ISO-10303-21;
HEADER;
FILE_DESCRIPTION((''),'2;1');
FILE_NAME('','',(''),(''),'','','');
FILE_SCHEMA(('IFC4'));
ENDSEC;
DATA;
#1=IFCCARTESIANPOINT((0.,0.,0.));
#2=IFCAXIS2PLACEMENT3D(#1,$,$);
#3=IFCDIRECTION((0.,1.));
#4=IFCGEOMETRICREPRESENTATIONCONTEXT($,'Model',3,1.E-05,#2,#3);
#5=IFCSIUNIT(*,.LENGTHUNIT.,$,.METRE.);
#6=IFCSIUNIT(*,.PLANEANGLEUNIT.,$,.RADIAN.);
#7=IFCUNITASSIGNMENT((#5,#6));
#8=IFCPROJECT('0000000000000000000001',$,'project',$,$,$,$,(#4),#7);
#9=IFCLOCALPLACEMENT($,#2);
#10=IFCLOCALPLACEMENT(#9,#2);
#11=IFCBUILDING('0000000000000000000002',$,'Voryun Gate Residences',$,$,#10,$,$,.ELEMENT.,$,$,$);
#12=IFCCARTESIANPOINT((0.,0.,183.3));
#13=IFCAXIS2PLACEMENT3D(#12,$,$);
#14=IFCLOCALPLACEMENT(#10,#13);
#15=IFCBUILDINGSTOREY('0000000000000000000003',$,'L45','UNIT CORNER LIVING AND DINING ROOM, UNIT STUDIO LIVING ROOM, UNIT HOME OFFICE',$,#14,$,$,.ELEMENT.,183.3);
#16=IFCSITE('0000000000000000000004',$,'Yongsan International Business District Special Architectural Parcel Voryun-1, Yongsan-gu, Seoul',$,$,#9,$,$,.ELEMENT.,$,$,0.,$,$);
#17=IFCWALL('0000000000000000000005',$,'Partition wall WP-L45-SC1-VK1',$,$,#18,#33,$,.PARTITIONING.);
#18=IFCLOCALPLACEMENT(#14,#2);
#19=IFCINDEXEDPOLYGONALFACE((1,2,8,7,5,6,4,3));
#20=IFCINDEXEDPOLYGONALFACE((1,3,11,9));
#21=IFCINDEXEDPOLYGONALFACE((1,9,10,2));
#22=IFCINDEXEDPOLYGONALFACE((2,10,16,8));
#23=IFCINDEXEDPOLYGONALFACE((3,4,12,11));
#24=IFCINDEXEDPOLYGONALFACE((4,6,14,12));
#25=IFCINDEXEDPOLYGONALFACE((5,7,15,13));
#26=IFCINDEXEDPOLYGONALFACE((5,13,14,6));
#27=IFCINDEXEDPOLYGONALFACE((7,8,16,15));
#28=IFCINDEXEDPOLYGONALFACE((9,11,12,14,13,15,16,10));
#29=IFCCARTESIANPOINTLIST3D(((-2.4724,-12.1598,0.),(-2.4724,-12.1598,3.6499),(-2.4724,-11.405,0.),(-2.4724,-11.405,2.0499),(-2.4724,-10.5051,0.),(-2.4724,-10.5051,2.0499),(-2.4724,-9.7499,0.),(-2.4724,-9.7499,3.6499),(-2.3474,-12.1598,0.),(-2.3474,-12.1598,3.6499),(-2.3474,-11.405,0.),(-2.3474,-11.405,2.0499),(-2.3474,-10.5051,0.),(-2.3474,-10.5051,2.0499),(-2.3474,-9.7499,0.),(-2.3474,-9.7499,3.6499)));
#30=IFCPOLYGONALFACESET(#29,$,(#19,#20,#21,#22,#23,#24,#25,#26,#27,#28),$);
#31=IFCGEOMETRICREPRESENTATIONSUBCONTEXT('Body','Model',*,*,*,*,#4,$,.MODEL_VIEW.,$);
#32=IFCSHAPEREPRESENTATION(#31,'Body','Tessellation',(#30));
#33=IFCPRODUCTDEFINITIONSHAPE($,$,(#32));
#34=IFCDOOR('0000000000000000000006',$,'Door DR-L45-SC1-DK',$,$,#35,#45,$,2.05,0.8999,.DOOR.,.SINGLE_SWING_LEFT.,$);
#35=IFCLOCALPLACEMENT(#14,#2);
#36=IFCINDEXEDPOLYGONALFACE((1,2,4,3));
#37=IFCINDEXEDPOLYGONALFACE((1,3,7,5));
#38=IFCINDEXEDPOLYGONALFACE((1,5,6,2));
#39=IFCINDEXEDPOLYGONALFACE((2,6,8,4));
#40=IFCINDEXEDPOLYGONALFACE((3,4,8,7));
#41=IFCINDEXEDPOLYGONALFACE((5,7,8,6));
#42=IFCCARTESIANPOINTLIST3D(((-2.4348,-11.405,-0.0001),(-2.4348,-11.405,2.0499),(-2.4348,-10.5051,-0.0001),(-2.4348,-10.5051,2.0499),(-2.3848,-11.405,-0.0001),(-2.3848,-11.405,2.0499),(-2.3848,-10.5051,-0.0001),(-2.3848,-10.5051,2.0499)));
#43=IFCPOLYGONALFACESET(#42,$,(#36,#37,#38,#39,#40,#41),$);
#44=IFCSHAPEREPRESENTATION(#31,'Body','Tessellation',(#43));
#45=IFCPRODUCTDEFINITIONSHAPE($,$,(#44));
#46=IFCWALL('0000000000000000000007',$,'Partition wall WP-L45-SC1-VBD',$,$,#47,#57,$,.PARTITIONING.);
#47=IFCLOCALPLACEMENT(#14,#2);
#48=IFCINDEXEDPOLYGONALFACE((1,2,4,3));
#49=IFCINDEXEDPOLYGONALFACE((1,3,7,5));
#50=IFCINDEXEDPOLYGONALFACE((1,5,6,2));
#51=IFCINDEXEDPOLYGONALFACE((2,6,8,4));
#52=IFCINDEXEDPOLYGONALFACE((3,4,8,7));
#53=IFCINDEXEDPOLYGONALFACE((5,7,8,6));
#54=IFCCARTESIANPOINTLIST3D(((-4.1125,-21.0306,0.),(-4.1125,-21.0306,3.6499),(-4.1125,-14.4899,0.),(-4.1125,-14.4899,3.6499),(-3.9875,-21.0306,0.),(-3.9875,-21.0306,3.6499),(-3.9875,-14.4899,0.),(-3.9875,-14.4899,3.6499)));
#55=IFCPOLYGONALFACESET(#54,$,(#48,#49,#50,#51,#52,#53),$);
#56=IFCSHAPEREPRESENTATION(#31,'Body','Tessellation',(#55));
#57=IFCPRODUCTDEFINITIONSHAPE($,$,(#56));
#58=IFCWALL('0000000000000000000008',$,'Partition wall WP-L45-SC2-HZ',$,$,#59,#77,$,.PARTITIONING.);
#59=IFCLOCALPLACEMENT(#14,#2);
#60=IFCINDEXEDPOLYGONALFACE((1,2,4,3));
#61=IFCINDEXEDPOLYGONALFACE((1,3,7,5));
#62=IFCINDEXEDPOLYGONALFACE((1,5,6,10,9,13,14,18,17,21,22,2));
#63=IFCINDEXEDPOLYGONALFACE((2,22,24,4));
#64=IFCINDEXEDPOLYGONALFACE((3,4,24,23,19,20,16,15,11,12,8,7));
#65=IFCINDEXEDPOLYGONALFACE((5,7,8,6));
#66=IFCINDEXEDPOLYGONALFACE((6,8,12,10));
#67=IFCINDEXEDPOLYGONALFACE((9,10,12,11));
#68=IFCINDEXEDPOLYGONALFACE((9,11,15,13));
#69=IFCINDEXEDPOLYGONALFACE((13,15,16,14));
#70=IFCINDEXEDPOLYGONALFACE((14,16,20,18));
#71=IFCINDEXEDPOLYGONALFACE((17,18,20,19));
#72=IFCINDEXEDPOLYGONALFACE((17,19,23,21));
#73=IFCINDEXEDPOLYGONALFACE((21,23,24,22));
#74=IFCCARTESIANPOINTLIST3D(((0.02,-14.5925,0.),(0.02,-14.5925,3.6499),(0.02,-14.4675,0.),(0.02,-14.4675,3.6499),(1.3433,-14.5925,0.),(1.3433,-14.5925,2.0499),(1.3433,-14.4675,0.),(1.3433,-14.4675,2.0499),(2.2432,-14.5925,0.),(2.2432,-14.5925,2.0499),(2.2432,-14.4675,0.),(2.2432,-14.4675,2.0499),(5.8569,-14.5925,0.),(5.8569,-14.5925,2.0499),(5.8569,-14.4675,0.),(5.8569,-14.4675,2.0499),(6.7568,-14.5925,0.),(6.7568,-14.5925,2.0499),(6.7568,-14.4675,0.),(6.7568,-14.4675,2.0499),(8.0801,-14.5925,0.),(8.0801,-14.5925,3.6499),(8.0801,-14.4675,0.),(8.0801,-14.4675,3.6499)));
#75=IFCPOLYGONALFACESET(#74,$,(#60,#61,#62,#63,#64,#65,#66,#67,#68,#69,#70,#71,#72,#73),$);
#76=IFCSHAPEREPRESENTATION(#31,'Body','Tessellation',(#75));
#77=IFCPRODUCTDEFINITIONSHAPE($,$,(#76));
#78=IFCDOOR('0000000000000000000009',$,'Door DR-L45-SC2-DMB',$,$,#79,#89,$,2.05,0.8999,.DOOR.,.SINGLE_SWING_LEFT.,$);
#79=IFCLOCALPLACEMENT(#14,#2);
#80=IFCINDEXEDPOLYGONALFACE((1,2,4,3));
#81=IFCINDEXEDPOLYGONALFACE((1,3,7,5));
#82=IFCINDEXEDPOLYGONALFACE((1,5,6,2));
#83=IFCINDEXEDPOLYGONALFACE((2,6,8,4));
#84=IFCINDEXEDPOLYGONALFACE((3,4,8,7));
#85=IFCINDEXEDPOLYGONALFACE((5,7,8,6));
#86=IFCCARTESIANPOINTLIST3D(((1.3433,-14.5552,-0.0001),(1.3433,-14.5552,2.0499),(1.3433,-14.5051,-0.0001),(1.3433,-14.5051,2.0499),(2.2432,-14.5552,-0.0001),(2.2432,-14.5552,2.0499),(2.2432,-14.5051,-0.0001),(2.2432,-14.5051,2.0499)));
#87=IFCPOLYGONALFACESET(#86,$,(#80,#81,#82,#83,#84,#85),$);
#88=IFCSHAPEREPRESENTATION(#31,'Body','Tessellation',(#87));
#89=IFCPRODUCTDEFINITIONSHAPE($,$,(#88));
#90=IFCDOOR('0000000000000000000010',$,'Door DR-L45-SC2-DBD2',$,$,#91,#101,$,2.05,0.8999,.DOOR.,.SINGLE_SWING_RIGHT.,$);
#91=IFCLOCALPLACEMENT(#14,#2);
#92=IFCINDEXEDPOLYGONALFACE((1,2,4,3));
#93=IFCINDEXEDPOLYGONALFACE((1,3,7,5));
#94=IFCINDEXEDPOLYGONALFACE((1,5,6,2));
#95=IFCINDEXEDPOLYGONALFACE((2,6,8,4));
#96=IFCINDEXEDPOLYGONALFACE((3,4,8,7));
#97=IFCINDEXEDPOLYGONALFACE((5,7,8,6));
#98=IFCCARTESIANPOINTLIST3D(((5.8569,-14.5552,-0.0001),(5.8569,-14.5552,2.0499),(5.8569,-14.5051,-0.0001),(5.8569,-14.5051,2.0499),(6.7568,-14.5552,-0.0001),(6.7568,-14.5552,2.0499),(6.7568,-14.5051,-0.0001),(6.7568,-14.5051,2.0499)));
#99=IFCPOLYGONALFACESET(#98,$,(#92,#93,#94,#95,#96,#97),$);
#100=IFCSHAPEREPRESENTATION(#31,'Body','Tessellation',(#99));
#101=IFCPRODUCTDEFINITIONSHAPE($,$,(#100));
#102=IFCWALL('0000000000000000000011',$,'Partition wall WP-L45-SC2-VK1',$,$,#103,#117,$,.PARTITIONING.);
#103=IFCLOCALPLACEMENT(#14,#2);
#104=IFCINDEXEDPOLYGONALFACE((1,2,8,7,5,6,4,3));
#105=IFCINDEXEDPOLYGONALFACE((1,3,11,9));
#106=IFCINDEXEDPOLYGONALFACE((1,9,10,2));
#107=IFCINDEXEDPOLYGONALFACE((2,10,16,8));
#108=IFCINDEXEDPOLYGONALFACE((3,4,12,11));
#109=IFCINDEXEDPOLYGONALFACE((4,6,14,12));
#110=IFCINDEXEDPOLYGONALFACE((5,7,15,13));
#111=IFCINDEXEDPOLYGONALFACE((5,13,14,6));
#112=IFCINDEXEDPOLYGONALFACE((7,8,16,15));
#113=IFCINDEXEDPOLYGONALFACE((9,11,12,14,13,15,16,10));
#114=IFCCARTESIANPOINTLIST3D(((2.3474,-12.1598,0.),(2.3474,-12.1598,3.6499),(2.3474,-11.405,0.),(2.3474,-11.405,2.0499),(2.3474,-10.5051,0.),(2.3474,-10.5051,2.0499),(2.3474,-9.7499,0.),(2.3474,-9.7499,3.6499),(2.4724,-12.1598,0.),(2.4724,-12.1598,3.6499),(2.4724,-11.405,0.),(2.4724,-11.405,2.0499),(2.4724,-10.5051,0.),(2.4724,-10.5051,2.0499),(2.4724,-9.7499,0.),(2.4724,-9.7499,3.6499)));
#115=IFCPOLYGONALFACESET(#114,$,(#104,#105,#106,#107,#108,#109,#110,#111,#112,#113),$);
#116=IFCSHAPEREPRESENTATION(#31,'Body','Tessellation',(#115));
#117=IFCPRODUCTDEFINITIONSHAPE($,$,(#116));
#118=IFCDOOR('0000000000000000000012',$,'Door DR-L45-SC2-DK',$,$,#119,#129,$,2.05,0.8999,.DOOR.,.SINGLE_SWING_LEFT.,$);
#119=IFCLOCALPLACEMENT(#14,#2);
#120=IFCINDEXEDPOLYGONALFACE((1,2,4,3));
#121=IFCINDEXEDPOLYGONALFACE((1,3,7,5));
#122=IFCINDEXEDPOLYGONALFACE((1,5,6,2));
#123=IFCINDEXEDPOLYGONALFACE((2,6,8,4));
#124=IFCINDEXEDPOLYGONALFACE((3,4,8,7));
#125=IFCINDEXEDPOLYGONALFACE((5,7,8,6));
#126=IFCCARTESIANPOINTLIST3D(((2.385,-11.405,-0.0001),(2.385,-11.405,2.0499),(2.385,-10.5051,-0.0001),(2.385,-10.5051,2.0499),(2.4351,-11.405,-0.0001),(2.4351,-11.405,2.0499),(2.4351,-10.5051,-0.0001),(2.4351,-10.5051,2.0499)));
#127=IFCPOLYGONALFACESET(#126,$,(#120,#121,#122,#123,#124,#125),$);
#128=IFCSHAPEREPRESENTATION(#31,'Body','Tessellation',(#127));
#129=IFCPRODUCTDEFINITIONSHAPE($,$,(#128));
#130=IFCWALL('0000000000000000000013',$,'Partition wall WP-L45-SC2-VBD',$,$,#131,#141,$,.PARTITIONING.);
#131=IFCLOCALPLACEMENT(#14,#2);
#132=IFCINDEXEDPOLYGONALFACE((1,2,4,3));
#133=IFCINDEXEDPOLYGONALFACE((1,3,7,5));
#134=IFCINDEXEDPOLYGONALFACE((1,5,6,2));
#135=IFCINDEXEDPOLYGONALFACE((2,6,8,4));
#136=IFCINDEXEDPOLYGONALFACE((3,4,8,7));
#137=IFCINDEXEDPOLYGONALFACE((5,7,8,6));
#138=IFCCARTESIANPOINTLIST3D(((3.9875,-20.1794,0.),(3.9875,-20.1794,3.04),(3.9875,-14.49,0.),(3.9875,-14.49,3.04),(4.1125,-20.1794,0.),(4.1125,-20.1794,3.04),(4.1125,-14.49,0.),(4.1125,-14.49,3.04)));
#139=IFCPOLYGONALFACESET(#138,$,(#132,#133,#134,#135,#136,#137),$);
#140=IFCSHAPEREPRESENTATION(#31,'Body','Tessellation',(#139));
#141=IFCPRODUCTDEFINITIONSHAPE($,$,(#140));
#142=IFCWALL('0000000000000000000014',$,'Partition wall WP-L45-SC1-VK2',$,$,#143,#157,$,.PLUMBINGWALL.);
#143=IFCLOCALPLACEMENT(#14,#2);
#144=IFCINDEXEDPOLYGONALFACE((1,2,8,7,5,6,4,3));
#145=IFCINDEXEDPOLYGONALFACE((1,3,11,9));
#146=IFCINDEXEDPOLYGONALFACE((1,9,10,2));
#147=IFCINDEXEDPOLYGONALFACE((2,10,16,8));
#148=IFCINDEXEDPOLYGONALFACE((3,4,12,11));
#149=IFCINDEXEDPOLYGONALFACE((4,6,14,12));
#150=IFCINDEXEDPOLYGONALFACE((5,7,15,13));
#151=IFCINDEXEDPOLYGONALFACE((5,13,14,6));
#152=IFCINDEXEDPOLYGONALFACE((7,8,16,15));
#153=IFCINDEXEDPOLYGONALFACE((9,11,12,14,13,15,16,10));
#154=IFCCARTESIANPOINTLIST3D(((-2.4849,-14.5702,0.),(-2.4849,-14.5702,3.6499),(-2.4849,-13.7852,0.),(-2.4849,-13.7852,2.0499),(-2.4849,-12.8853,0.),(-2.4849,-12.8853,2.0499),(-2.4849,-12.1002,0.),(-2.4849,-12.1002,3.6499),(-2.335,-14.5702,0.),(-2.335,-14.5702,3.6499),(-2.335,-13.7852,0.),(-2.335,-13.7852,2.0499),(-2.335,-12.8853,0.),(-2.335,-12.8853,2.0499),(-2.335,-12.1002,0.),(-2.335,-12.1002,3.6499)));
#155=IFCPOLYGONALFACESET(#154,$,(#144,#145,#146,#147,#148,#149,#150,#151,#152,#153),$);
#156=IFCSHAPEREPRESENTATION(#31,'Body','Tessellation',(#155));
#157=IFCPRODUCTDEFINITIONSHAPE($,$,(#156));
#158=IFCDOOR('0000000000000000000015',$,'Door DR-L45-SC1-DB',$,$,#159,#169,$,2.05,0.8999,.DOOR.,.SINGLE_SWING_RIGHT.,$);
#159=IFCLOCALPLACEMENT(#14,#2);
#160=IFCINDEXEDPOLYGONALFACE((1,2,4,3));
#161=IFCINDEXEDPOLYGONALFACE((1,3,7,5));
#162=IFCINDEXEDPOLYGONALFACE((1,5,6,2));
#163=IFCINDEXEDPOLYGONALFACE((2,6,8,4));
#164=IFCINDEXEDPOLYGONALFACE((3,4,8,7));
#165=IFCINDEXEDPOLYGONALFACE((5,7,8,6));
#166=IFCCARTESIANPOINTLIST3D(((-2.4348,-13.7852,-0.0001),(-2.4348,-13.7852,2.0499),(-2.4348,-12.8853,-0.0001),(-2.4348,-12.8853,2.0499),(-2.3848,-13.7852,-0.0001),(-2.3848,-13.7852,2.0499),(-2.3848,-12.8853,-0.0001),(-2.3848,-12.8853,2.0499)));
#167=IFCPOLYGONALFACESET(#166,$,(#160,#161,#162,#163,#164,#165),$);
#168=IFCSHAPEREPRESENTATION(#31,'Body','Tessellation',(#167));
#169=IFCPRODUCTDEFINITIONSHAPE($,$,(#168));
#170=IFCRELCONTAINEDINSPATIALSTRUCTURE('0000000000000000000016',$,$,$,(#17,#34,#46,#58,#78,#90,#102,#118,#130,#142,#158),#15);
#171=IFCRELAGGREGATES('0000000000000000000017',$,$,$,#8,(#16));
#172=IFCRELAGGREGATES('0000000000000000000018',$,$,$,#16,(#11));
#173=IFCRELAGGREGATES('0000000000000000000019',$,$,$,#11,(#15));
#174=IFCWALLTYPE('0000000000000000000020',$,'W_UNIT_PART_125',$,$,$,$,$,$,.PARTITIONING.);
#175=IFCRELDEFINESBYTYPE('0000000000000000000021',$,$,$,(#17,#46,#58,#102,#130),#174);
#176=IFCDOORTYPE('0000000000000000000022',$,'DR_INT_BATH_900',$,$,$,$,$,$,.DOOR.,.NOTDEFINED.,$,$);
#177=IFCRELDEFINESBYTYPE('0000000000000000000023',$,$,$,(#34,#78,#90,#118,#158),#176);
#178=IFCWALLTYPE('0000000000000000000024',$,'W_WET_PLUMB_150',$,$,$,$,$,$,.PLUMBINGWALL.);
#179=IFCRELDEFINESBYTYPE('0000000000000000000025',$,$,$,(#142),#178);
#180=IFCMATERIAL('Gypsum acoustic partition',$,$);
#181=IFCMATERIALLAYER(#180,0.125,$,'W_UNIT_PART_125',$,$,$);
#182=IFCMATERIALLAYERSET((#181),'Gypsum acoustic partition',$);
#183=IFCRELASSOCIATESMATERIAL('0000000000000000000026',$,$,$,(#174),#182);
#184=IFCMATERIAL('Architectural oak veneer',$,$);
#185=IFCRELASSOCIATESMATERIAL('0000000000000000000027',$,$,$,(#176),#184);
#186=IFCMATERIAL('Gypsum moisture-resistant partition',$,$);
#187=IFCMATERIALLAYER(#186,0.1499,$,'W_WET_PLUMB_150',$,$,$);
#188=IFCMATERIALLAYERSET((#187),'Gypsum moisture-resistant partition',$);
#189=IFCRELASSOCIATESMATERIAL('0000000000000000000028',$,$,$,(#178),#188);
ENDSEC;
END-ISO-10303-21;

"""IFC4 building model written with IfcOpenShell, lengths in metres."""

from ifc_helpers import new_model, si_unit, direction, frame, frame_2d, origin, place, context, subcontext, project, spatial, rectangle, extrude, material, layer, layer_set, type_object, element, fill, save


model = new_model("IFC4")

# Units and contexts
model_context = context("Model", 3, precision=1e-05, world=origin(), true_north=direction((0.0, 1.0)))
body_context = subcontext(model_context, "Body", "Model", "MODEL_VIEW")
ifc_project = project(units=[si_unit("LENGTHUNIT", "METRE"), si_unit("PLANEANGLEUNIT", "RADIAN")], contexts=[model_context])

# Site, building, storey
site_placement = place(None, origin())
site = spatial("IfcSite", under=ifc_project, at=site_placement, Name="Yongsan International Business District Special Architectural Parcel Voryun-1, Yongsan-gu, Seoul", CompositionType="ELEMENT", RefElevation=0.0)
building_placement = place(site_placement, origin())
building = spatial("IfcBuilding", under=site, at=building_placement, Name="Voryun Gate Residences", CompositionType="ELEMENT")
storey_placement = place(building_placement, frame((0.0, 0.0, 183.3)))
storey = spatial("IfcBuildingStorey", under=building, at=storey_placement, Name="L45", Description="UNIT CORNER LIVING AND DINING ROOM, UNIT STUDIO LIVING ROOM, UNIT HOME OFFICE", CompositionType="ELEMENT", Elevation=183.3)

# Wall, opening, door
ifc_material_1 = material(Name="Gypsum acoustic partition")
ifc_layer_1 = layer(ifc_material_1, 0.125, Name="W_UNIT_PART_125")
ifc_layer_set_1 = layer_set([ifc_layer_1], Name="Gypsum acoustic partition")
wall_type_1 = type_object("IfcWallType", Name="W_UNIT_PART_125", PredefinedType="PARTITIONING", material=ifc_layer_set_1)
wall_1_placement = place(storey_placement, frame((-2.4099, -12.1599, 0.0), z_axis=(0.0, 0.0, 1.0), x_axis=(0.0, 1.0, 0.0)))
wall_1 = element("IfcWall", 1, at=wall_1_placement, inside=storey, type_object=wall_type_1, Name="Partition wall WP-L45-SC1-VK1", PredefinedType="PARTITIONING", context=body_context, shape_type="SweptSolid", body=[
    extrude(rectangle(XDim=2.4099, YDim=0.125, at=frame_2d((1.2051, 0.0))), origin(), (0.0, 0.0, 1.0), 3.6499),
])
opening_1_placement = place(wall_1_placement, frame((0.7549, 0.0, 0.0)))
opening_1 = element("IfcOpeningElement", 2, at=opening_1_placement, cuts=wall_1, PredefinedType="OPENING", context=body_context, shape_type="SweptSolid", body=[
    extrude(rectangle(XDim=0.8999, YDim=2.05, at=frame_2d((0.45, 1.0249))), frame((0.0, 0.0725, 0.0), z_axis=(0.0, -1.0, 0.0), x_axis=(1.0, 0.0, 0.0)), (0.0, 0.0, 1.0), 0.145),
])
ifc_material_2 = material(Name="Architectural oak veneer")
door_type_1 = type_object("IfcDoorType", Name="DR_INT_BATH_900", OperationType="NOTDEFINED", PredefinedType="DOOR", material=ifc_material_2)
door_1_placement = place(opening_1_placement, origin())
door_1 = element("IfcDoor", 3, at=door_1_placement, inside=storey, type_object=door_type_1, Name="Door DR-L45-SC1-DK", OperationType="SINGLE_SWING_LEFT", OverallHeight=2.05, OverallWidth=0.8999, PredefinedType="DOOR", context=body_context, shape_type="SweptSolid", body=[
    extrude(rectangle(XDim=0.8999, YDim=2.05, at=frame_2d((0.45, 1.0249))), frame((0.0, 0.0249, 0.0), z_axis=(0.0, -1.0, 0.0), x_axis=(1.0, 0.0, 0.0)), (0.0, 0.0, 1.0), 0.05),
])
fill(opening_1, door_1)

# Wall
wall_2_placement = place(storey_placement, frame((-4.05, -21.0308, 0.0), z_axis=(0.0, 0.0, 1.0), x_axis=(0.0, 1.0, 0.0)))
element("IfcWall", 4, at=wall_2_placement, inside=storey, type_object=wall_type_1, Name="Partition wall WP-L45-SC1-VBD", PredefinedType="PARTITIONING", context=body_context, shape_type="SweptSolid", body=[
    extrude(rectangle(XDim=6.5408, YDim=0.125, at=frame_2d((3.2705, 0.0))), origin(), (0.0, 0.0, 1.0), 3.6499),
])

# Wall, openings, doors
wall_3_placement = place(storey_placement, frame((0.02, -14.53, 0.0), z_axis=(0.0, 0.0, 1.0), x_axis=(1.0, 0.0, 0.0)))
wall_3 = element("IfcWall", 5, at=wall_3_placement, inside=storey, type_object=wall_type_1, Name="Partition wall WP-L45-SC2-HZ", PredefinedType="PARTITIONING", context=body_context, shape_type="SweptSolid", body=[
    extrude(rectangle(XDim=8.0601, YDim=0.125, at=frame_2d((4.03, 0.0))), origin(), (0.0, 0.0, 1.0), 3.6499),
])
opening_2_placement = place(wall_3_placement, frame((1.3232, 0.0, 0.0)))
opening_2 = element("IfcOpeningElement", 6, at=opening_2_placement, cuts=wall_3, PredefinedType="OPENING", context=body_context, shape_type="SweptSolid", body=[
    extrude(rectangle(XDim=0.8999, YDim=2.05, at=frame_2d((0.45, 1.0249))), frame((0.0, 0.0725, 0.0), z_axis=(0.0, -1.0, 0.0), x_axis=(1.0, 0.0, 0.0)), (0.0, 0.0, 1.0), 0.145),
])
opening_3_placement = place(wall_3_placement, frame((5.8369, 0.0, 0.0)))
opening_3 = element("IfcOpeningElement", 7, at=opening_3_placement, cuts=wall_3, PredefinedType="OPENING", context=body_context, shape_type="SweptSolid", body=[
    extrude(rectangle(XDim=0.8999, YDim=2.05, at=frame_2d((0.45, 1.0249))), frame((0.0, 0.0725, 0.0), z_axis=(0.0, -1.0, 0.0), x_axis=(1.0, 0.0, 0.0)), (0.0, 0.0, 1.0), 0.145),
])
door_2_placement = place(opening_2_placement, origin())
door_2 = element("IfcDoor", 8, at=door_2_placement, inside=storey, type_object=door_type_1, Name="Door DR-L45-SC2-DMB", OperationType="SINGLE_SWING_LEFT", OverallHeight=2.05, OverallWidth=0.8999, PredefinedType="DOOR", context=body_context, shape_type="SweptSolid", body=[
    extrude(rectangle(XDim=0.8999, YDim=2.05, at=frame_2d((0.45, 1.0249))), frame((0.0, 0.0249, 0.0), z_axis=(0.0, -1.0, 0.0), x_axis=(1.0, 0.0, 0.0)), (0.0, 0.0, 1.0), 0.05),
])
fill(opening_2, door_2)
door_3_placement = place(opening_3_placement, origin())
door_3 = element("IfcDoor", 9, at=door_3_placement, inside=storey, type_object=door_type_1, Name="Door DR-L45-SC2-DBD2", OperationType="SINGLE_SWING_RIGHT", OverallHeight=2.05, OverallWidth=0.8999, PredefinedType="DOOR", context=body_context, shape_type="SweptSolid", body=[
    extrude(rectangle(XDim=0.8999, YDim=2.05, at=frame_2d((0.45, 1.0249))), frame((0.0, 0.0249, 0.0), z_axis=(0.0, -1.0, 0.0), x_axis=(1.0, 0.0, 0.0)), (0.0, 0.0, 1.0), 0.05),
])
fill(opening_3, door_3)

# Wall, opening, door
wall_4_placement = place(storey_placement, frame((2.4099, -12.1599, 0.0), z_axis=(0.0, 0.0, 1.0), x_axis=(0.0, 1.0, 0.0)))
wall_4 = element("IfcWall", 10, at=wall_4_placement, inside=storey, type_object=wall_type_1, Name="Partition wall WP-L45-SC2-VK1", PredefinedType="PARTITIONING", context=body_context, shape_type="SweptSolid", body=[
    extrude(rectangle(XDim=2.4099, YDim=0.125, at=frame_2d((1.2051, 0.0))), origin(), (0.0, 0.0, 1.0), 3.6499),
])
opening_4_placement = place(wall_4_placement, frame((0.7549, 0.0, 0.0)))
opening_4 = element("IfcOpeningElement", 11, at=opening_4_placement, cuts=wall_4, PredefinedType="OPENING", context=body_context, shape_type="SweptSolid", body=[
    extrude(rectangle(XDim=0.8999, YDim=2.05, at=frame_2d((0.45, 1.0249))), frame((0.0, 0.0725, 0.0), z_axis=(0.0, -1.0, 0.0), x_axis=(1.0, 0.0, 0.0)), (0.0, 0.0, 1.0), 0.145),
])
door_4_placement = place(opening_4_placement, origin())
door_4 = element("IfcDoor", 12, at=door_4_placement, inside=storey, type_object=door_type_1, Name="Door DR-L45-SC2-DK", OperationType="SINGLE_SWING_LEFT", OverallHeight=2.05, OverallWidth=0.8999, PredefinedType="DOOR", context=body_context, shape_type="SweptSolid", body=[
    extrude(rectangle(XDim=0.8999, YDim=2.05, at=frame_2d((0.45, 1.0249))), frame((0.0, 0.0249, 0.0), z_axis=(0.0, -1.0, 0.0), x_axis=(1.0, 0.0, 0.0)), (0.0, 0.0, 1.0), 0.05),
])
fill(opening_4, door_4)

# Wall
wall_5_placement = place(storey_placement, frame((4.05, -20.1794, 0.0), z_axis=(0.0, 0.0, 1.0), x_axis=(0.0, 1.0, 0.0)))
element("IfcWall", 13, at=wall_5_placement, inside=storey, type_object=wall_type_1, Name="Partition wall WP-L45-SC2-VBD", PredefinedType="PARTITIONING", context=body_context, shape_type="SweptSolid", body=[
    extrude(rectangle(XDim=5.6895, YDim=0.125, at=frame_2d((2.8447, 0.0))), origin(), (0.0, 0.0, 1.0), 3.04),
])

# Wall, opening, door
ifc_material_3 = material(Name="Gypsum moisture-resistant partition")
ifc_layer_2 = layer(ifc_material_3, 0.1499, Name="W_WET_PLUMB_150")
ifc_layer_set_2 = layer_set([ifc_layer_2], Name="Gypsum moisture-resistant partition")
wall_type_2 = type_object("IfcWallType", Name="W_WET_PLUMB_150", PredefinedType="PLUMBINGWALL", material=ifc_layer_set_2)
wall_6_placement = place(storey_placement, frame((-2.4099, -14.5701, 0.0), z_axis=(0.0, 0.0, 1.0), x_axis=(0.0, 1.0, 0.0)))
wall_6 = element("IfcWall", 14, at=wall_6_placement, inside=storey, type_object=wall_type_2, Name="Partition wall WP-L45-SC1-VK2", PredefinedType="PLUMBINGWALL", context=body_context, shape_type="SweptSolid", body=[
    extrude(rectangle(XDim=2.47, YDim=0.1499, at=frame_2d((1.2349, 0.0))), origin(), (0.0, 0.0, 1.0), 3.6499),
])
opening_5_placement = place(wall_6_placement, frame((0.7849, 0.0, 0.0)))
opening_5 = element("IfcOpeningElement", 15, at=opening_5_placement, cuts=wall_6, PredefinedType="OPENING", context=body_context, shape_type="SweptSolid", body=[
    extrude(rectangle(XDim=0.8999, YDim=2.05, at=frame_2d((0.45, 1.0249))), frame((0.0, 0.085, 0.0), z_axis=(0.0, -1.0, 0.0), x_axis=(1.0, 0.0, 0.0)), (0.0, 0.0, 1.0), 0.1699),
])
door_5_placement = place(opening_5_placement, origin())
door_5 = element("IfcDoor", 16, at=door_5_placement, inside=storey, type_object=door_type_1, Name="Door DR-L45-SC1-DB", OperationType="SINGLE_SWING_RIGHT", OverallHeight=2.05, OverallWidth=0.8999, PredefinedType="DOOR", context=body_context, shape_type="SweptSolid", body=[
    extrude(rectangle(XDim=0.8999, YDim=2.05, at=frame_2d((0.45, 1.0249))), frame((0.0, 0.0249, 0.0), z_axis=(0.0, -1.0, 0.0), x_axis=(1.0, 0.0, 0.0)), (0.0, 0.0, 1.0), 0.05),
])
fill(opening_5, door_5)

save(model, "model.ifc")
